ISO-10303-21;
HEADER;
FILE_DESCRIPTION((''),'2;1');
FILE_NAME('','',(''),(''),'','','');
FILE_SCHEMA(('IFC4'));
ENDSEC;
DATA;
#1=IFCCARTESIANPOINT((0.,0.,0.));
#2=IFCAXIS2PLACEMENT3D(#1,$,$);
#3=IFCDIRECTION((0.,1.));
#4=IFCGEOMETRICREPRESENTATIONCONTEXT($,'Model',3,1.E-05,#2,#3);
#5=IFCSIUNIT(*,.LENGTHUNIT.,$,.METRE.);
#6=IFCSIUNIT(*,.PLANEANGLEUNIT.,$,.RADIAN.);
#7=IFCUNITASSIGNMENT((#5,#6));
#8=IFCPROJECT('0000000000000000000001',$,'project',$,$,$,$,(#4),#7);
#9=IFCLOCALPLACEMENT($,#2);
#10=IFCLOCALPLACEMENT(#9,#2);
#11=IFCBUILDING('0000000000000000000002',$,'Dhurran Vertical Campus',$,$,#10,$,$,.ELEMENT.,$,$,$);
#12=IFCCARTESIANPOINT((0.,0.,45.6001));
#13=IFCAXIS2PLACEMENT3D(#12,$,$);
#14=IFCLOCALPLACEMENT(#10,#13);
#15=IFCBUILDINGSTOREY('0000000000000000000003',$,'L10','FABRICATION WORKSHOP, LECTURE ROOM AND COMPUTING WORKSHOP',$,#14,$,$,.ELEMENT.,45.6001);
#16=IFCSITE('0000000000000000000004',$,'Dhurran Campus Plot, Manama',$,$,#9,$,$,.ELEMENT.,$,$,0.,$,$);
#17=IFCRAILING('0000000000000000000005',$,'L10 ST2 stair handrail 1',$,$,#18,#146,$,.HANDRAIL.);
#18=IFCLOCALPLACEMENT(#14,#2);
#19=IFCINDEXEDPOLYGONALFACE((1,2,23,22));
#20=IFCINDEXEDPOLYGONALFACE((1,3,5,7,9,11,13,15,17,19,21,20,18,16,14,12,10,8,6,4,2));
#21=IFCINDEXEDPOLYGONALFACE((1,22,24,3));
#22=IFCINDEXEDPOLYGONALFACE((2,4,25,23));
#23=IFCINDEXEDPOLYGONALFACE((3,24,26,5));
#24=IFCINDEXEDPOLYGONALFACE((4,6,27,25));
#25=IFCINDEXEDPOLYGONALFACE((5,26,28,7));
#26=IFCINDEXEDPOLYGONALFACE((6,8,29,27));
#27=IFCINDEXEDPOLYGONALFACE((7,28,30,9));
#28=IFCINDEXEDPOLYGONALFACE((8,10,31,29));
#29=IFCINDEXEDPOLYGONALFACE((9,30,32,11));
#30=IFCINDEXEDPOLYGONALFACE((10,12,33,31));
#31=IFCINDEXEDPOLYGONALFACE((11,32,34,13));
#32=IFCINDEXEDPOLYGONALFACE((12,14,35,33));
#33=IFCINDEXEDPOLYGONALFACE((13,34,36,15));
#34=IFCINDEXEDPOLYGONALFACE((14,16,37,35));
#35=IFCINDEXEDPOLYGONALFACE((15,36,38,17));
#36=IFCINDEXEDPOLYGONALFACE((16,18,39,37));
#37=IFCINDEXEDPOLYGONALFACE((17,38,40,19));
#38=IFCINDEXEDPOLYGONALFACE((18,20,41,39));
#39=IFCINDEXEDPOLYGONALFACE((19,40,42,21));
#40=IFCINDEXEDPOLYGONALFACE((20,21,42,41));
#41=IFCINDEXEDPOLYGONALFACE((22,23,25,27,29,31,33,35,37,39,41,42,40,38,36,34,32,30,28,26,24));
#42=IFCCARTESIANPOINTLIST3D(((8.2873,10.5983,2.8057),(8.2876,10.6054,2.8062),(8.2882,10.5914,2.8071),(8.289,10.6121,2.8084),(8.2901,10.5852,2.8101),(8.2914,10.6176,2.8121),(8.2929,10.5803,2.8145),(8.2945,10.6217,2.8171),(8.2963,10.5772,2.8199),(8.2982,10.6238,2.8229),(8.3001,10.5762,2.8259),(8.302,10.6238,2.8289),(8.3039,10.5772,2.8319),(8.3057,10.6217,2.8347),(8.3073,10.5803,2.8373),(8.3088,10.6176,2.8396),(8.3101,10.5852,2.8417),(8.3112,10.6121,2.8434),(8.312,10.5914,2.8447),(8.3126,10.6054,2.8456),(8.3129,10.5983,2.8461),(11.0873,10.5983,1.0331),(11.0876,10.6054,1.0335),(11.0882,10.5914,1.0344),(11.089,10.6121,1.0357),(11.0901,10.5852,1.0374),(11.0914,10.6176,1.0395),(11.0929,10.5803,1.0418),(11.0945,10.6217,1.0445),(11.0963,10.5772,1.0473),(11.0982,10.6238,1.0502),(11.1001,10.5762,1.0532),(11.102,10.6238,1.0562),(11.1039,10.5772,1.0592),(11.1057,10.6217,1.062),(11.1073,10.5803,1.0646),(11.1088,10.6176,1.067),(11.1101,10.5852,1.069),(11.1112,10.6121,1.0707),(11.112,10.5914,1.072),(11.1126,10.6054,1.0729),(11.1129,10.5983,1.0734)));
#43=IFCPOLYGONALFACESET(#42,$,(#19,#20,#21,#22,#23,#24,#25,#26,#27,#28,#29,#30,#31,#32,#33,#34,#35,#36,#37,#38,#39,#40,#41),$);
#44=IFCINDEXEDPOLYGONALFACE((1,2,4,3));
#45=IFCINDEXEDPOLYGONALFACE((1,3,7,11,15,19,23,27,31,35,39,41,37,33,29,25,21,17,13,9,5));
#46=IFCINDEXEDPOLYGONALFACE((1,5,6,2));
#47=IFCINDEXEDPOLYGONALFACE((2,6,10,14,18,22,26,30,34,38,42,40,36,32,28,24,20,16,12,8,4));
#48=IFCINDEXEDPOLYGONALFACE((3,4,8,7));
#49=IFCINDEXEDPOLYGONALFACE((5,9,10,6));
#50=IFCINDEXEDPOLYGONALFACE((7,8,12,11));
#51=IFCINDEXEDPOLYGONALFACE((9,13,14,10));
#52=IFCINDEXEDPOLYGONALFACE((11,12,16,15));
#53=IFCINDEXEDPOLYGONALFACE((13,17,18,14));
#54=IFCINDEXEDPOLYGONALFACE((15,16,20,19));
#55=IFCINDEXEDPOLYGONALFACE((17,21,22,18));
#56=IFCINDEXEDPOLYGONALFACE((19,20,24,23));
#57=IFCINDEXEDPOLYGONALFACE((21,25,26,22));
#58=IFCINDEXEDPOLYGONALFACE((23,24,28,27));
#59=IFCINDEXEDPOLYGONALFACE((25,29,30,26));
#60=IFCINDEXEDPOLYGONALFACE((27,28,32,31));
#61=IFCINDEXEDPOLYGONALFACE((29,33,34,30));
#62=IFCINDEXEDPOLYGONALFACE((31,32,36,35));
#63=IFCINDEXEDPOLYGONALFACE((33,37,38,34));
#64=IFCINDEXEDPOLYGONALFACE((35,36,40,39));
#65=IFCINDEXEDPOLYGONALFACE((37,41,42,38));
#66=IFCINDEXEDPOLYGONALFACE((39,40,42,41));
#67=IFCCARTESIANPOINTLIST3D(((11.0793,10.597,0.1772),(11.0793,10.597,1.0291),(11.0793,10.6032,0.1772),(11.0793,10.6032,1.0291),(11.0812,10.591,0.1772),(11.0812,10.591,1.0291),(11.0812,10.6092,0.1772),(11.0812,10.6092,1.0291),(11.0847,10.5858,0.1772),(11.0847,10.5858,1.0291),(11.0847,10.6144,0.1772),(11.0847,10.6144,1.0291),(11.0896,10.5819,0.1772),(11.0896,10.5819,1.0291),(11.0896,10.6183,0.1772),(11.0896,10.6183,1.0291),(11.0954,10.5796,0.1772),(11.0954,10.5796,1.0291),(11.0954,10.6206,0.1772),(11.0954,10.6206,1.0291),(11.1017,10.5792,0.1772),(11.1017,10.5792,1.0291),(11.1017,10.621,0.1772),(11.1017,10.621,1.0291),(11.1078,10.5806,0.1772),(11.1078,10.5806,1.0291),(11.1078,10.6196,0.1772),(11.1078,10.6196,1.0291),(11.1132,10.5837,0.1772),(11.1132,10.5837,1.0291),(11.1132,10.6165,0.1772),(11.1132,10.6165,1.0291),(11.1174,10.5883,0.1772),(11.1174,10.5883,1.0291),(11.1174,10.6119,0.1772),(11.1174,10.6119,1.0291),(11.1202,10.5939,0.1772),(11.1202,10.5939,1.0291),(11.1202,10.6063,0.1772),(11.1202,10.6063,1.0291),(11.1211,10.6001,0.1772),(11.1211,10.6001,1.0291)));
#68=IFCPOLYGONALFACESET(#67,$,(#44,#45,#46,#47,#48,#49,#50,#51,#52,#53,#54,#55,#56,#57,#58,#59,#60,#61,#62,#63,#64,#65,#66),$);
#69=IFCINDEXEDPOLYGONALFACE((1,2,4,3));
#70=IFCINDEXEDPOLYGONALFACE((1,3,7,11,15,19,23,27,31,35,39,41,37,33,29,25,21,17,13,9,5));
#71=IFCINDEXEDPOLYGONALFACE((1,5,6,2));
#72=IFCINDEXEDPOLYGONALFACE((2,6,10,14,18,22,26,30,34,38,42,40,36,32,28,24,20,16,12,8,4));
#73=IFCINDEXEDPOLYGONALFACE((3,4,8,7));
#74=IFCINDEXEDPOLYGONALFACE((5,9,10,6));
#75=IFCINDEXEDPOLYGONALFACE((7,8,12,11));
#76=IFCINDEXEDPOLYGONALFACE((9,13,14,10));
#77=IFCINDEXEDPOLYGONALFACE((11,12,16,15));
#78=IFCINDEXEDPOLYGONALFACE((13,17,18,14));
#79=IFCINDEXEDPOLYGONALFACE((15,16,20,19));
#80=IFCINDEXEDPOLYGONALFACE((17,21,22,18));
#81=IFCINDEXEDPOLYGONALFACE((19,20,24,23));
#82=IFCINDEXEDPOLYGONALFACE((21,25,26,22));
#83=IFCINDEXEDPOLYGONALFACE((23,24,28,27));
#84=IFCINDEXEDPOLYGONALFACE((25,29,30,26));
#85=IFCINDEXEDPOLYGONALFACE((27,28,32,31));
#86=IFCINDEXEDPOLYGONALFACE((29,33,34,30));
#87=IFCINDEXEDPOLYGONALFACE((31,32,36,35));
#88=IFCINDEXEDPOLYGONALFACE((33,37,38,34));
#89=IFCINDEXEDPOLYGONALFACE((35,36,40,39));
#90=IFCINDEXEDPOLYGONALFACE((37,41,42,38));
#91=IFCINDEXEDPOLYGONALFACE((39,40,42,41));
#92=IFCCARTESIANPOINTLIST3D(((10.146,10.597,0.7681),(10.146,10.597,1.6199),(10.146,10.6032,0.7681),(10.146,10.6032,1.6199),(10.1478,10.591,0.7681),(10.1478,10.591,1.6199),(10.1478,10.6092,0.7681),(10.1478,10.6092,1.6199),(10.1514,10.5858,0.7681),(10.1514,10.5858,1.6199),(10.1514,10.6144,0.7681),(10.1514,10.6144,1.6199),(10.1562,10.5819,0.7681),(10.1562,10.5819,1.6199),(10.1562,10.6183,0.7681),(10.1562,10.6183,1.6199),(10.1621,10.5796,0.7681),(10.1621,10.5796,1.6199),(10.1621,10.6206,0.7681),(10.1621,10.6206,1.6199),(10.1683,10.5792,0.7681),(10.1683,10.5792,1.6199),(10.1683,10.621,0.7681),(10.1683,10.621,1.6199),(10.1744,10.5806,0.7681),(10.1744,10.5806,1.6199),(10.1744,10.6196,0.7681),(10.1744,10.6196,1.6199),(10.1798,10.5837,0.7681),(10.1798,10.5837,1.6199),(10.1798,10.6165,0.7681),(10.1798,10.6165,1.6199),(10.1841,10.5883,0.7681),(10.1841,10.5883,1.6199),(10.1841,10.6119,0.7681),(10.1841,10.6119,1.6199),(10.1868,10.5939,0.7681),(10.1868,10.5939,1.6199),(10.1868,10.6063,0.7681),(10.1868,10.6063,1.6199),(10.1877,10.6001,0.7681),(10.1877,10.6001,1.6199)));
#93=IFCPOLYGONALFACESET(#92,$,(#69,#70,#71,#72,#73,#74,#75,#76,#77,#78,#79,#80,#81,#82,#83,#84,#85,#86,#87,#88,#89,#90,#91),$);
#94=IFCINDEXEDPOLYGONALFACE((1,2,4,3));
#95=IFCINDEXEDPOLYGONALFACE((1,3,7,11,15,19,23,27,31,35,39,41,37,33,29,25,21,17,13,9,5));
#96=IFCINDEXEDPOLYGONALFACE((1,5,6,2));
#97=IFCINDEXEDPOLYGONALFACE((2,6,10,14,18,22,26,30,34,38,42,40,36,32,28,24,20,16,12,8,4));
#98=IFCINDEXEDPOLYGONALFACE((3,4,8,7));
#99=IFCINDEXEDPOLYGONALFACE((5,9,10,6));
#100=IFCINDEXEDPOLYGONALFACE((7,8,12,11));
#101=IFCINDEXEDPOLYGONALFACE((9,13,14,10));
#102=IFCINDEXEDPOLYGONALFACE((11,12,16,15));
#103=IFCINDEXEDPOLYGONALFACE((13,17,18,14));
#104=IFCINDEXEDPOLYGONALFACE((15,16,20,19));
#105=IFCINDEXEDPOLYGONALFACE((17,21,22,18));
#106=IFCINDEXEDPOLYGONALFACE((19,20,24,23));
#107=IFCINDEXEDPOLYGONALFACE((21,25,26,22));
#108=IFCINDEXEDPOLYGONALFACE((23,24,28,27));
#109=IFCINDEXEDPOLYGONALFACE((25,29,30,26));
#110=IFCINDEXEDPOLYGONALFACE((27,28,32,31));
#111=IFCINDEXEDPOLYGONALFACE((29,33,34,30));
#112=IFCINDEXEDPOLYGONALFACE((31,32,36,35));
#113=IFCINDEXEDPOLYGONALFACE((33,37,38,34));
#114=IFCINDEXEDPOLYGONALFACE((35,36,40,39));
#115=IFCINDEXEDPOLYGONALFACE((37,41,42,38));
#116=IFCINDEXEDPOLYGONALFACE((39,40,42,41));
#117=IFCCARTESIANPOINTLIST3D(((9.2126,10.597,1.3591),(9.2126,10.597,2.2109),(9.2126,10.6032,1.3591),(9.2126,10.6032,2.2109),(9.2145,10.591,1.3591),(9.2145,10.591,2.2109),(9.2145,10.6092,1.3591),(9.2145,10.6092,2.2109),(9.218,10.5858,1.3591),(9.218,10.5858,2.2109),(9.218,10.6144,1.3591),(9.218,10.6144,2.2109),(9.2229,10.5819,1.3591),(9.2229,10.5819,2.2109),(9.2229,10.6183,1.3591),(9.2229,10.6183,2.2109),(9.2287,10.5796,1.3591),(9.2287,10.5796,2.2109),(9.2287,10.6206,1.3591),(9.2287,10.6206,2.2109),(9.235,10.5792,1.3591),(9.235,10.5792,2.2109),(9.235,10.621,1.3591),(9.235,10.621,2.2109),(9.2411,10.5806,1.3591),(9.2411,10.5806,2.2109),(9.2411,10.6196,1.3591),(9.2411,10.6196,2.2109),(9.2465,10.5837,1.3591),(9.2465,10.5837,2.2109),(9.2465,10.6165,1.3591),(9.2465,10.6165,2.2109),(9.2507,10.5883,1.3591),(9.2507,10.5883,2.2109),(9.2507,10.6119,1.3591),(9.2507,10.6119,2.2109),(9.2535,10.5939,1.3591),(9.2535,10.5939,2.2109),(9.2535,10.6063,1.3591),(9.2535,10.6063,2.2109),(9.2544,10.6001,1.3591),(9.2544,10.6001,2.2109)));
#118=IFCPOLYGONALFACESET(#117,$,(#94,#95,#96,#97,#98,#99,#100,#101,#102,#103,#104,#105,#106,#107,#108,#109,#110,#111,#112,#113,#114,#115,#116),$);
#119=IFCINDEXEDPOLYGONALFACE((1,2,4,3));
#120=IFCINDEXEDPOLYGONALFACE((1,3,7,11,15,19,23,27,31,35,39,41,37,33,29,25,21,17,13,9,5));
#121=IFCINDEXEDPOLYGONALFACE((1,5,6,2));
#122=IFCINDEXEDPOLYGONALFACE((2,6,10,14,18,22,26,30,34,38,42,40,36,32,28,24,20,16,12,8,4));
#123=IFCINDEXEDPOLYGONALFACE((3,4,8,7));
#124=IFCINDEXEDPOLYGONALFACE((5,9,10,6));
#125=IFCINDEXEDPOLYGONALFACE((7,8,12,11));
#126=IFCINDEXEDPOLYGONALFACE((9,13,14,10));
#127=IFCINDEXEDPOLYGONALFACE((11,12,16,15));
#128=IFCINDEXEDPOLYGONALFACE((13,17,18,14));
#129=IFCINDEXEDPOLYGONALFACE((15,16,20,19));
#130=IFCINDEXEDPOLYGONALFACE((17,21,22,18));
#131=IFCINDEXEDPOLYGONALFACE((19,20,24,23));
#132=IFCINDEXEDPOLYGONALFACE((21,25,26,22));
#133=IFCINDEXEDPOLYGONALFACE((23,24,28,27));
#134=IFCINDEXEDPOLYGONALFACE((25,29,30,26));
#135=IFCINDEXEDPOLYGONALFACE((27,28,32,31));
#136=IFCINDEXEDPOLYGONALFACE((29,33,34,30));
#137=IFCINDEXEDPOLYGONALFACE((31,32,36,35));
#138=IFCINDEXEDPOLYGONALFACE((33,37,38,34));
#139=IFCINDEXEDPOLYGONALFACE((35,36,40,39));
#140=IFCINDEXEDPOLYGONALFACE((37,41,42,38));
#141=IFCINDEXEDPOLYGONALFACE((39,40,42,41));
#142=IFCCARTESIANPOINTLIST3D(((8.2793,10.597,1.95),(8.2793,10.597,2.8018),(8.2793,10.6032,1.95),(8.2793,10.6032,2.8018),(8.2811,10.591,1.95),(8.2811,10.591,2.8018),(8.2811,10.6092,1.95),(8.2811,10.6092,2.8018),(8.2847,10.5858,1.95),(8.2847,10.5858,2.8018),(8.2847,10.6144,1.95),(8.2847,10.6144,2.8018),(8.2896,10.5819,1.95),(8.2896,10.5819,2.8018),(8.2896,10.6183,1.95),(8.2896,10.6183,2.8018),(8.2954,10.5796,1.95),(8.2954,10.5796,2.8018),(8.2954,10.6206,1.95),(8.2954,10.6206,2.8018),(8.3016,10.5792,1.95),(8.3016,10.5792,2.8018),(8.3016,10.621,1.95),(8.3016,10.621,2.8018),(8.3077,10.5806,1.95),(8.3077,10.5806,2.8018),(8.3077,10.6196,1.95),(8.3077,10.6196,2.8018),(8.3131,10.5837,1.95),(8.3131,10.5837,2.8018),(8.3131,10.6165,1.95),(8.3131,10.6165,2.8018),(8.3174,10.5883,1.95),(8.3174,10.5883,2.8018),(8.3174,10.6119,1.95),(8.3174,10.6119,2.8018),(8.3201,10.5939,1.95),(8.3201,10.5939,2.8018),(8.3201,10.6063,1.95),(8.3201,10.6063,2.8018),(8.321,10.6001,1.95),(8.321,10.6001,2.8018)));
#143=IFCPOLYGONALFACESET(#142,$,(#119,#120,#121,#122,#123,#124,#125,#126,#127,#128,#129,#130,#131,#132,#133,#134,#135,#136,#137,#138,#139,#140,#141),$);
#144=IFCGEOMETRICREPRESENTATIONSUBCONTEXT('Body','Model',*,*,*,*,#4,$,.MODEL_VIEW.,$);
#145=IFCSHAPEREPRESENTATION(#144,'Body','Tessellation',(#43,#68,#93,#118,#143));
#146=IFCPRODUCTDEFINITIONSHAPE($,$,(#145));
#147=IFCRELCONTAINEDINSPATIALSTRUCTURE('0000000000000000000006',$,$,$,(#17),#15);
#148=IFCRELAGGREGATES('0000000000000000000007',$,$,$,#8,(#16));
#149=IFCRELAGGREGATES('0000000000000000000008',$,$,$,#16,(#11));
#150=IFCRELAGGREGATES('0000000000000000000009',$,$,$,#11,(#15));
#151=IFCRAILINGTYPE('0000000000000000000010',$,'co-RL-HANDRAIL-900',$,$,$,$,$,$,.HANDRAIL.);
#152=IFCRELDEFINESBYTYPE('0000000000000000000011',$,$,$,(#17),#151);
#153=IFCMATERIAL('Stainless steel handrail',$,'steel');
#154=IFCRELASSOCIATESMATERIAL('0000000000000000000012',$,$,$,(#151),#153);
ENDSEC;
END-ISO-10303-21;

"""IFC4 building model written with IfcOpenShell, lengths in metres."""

from ifc_helpers import new_model, si_unit, direction, frame, origin, origin_2d, place, context, subcontext, project, spatial, circle, extrude, material, type_object, element, save


model = new_model("IFC4")

# Units and contexts
model_context = context("Model", 3, precision=1e-05, world=origin(), true_north=direction((0.0, 1.0)))
body_context = subcontext(model_context, "Body", "Model", "MODEL_VIEW")
ifc_project = project(units=[si_unit("LENGTHUNIT", "METRE"), si_unit("PLANEANGLEUNIT", "RADIAN")], contexts=[model_context])

# Site, building, storey
site_placement = place(None, origin())
site = spatial("IfcSite", under=ifc_project, at=site_placement, Name="Dhurran Campus Plot, Manama", CompositionType="ELEMENT", RefElevation=0.0)
building_placement = place(site_placement, origin())
building = spatial("IfcBuilding", under=site, at=building_placement, Name="Dhurran Vertical Campus", CompositionType="ELEMENT")
storey_placement = place(building_placement, frame((0.0, 0.0, 45.6001)))
storey = spatial("IfcBuildingStorey", under=building, at=storey_placement, Name="L10", Description="FABRICATION WORKSHOP, LECTURE ROOM AND COMPUTING WORKSHOP", CompositionType="ELEMENT", Elevation=45.6001)

# Railing
ifc_material_1 = material(Name="Stainless steel handrail", Category="steel")
railing_type_1 = type_object("IfcRailingType", Name="co-RL-HANDRAIL-900", PredefinedType="HANDRAIL", material=ifc_material_1)
railing_1_placement = place(storey_placement, frame((11.1001, 10.6001, 0.1772)))
element("IfcRailing", 1, at=railing_1_placement, inside=storey, type_object=railing_type_1, Name="L10 ST2 stair handrail 1", PredefinedType="HANDRAIL", context=body_context, shape_type="SweptSolid", body=[
    extrude(circle(Radius=0.0239, at=origin_2d()), frame((0.0, 0.0, 0.876), z_axis=(-0.844909, 0.0, 0.53491), x_axis=(0.0, -1.0, 0.0)), (0.0, 0.0, 1.0), 3.314),
    extrude(circle(Radius=0.021, at=origin_2d()), origin(), (0.0, 0.0, 1.0), 0.8518),
    extrude(circle(Radius=0.021, at=origin_2d()), frame((-0.9333, 0.0, 0.5908)), (0.0, 0.0, 1.0), 0.8518),
    extrude(circle(Radius=0.021, at=origin_2d()), frame((-1.8667, 0.0, 1.1819)), (0.0, 0.0, 1.0), 0.8518),
    extrude(circle(Radius=0.021, at=origin_2d()), frame((-2.8, 0.0, 1.7727)), (0.0, 0.0, 1.0), 0.8518),
])

save(model, "model.ifc")
